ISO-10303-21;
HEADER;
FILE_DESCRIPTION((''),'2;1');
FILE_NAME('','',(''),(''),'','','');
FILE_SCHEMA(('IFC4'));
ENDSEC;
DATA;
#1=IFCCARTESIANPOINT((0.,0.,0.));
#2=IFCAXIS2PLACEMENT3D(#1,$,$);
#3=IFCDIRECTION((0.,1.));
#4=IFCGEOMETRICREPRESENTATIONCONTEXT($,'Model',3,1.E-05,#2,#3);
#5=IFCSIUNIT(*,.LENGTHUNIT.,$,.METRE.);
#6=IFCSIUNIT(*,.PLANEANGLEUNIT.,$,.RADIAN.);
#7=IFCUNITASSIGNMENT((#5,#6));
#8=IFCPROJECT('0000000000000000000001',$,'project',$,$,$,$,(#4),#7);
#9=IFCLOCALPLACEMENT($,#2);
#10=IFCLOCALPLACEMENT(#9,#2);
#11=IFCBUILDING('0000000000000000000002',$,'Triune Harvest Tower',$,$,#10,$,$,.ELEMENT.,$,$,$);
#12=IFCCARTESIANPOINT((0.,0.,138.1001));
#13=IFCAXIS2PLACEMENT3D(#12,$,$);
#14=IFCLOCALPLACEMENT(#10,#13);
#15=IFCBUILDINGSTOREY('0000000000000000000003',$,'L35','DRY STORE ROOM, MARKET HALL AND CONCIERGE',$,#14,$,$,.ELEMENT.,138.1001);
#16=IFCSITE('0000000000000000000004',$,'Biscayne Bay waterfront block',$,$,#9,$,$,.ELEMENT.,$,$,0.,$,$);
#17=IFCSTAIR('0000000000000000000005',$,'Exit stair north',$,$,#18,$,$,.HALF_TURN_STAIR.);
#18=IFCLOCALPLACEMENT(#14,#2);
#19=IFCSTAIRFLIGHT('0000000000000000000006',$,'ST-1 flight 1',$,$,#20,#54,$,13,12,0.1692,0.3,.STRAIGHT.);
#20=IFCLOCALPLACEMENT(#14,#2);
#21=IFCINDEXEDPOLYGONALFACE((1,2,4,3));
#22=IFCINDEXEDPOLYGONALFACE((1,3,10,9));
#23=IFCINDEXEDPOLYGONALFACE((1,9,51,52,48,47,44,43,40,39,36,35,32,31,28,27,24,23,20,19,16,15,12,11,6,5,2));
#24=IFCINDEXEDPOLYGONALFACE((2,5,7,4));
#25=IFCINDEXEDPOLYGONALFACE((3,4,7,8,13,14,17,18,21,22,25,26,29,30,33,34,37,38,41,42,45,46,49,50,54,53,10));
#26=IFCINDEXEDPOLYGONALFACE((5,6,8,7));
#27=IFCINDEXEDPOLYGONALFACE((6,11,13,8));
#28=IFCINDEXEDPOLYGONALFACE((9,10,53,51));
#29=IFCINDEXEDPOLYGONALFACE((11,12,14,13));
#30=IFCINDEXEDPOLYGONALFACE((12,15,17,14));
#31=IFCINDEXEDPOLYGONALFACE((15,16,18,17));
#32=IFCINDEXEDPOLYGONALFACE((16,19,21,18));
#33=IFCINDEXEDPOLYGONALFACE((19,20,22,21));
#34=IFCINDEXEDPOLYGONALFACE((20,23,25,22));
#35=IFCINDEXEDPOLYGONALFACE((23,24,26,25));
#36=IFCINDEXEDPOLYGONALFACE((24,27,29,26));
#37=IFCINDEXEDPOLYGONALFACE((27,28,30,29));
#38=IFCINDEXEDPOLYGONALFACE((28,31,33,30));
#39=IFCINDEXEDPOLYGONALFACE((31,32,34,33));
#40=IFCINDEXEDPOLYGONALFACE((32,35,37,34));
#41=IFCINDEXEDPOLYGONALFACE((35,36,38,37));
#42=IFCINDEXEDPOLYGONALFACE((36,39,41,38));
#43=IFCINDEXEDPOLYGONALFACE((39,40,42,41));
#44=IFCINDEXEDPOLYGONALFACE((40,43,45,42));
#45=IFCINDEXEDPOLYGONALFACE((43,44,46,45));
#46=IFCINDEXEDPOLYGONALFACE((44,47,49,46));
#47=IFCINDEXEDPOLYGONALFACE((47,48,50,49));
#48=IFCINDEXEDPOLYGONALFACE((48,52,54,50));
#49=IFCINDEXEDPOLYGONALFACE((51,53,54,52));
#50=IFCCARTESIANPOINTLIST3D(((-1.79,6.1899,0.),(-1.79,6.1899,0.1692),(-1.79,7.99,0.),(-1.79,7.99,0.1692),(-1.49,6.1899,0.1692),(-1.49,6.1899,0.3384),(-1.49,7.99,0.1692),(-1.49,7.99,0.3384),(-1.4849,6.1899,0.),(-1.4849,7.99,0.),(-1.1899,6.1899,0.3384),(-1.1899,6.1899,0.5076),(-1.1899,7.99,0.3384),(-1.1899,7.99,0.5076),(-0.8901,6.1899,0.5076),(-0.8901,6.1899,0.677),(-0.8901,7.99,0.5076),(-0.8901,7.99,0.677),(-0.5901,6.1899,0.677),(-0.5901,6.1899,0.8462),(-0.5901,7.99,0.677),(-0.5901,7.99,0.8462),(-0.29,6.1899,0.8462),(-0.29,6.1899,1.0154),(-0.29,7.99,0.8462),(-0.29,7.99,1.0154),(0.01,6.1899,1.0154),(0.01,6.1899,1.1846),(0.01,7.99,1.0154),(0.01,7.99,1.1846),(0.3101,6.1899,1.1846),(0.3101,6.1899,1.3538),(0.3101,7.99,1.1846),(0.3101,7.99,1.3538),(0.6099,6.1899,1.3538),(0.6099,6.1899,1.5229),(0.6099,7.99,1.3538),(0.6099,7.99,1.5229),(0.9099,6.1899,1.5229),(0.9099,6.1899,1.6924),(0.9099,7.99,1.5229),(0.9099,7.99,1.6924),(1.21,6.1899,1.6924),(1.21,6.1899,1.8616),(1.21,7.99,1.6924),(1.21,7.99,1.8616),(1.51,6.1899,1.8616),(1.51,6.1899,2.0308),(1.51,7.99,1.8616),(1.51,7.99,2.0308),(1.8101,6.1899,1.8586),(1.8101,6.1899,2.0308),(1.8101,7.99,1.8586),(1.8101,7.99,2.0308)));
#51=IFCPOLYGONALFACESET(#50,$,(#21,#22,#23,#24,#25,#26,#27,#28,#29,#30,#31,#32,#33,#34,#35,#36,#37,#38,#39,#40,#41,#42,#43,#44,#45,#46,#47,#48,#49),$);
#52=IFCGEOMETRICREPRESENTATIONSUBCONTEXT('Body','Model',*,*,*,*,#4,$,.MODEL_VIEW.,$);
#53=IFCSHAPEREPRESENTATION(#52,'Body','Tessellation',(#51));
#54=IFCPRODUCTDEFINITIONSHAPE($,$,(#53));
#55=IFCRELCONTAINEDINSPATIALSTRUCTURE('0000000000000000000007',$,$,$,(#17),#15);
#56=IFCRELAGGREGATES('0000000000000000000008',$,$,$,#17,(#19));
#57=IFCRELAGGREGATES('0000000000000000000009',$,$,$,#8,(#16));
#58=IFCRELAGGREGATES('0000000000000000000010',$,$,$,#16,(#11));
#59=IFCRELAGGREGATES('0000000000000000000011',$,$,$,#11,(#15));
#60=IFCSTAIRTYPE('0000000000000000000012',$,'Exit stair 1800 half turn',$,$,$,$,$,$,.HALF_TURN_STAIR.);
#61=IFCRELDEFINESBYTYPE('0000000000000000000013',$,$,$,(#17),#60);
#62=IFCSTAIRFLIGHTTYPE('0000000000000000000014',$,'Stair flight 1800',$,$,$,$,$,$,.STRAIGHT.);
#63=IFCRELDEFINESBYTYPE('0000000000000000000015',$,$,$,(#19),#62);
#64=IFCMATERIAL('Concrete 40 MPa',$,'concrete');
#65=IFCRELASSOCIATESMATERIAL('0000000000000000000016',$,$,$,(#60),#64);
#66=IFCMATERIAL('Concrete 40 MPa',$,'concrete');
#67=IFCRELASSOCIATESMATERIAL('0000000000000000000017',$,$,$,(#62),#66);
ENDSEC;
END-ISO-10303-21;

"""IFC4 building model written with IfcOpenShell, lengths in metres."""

from ifc_helpers import new_model, si_unit, direction, frame, origin, place, context, subcontext, project, spatial, polyline, outline, extrude, source, transform, mapped, material, type_object, element, aggregate, save


model = new_model("IFC4")

# Units and contexts
model_context = context("Model", 3, precision=1e-05, world=origin(), true_north=direction((0.0, 1.0)))
body_context = subcontext(model_context, "Body", "Model", "MODEL_VIEW")
ifc_project = project(units=[si_unit("LENGTHUNIT", "METRE"), si_unit("PLANEANGLEUNIT", "RADIAN")], contexts=[model_context])

# Site, building, storey
site_placement = place(None, origin())
site = spatial("IfcSite", under=ifc_project, at=site_placement, Name="Biscayne Bay waterfront block", CompositionType="ELEMENT", RefElevation=0.0)
building_placement = place(site_placement, origin())
building = spatial("IfcBuilding", under=site, at=building_placement, Name="Triune Harvest Tower", CompositionType="ELEMENT")
storey_placement = place(building_placement, frame((0.0, 0.0, 138.1001)))
storey = spatial("IfcBuildingStorey", under=building, at=storey_placement, Name="L35", Description="DRY STORE ROOM, MARKET HALL AND CONCIERGE", CompositionType="ELEMENT", Elevation=138.1001)

# Stair
ifc_material_1 = material(Name="Concrete 40 MPa", Category="concrete")
stair_type = type_object("IfcStairType", Name="Exit stair 1800 half turn", PredefinedType="HALF_TURN_STAIR", material=ifc_material_1)
stair_1_placement = place(storey_placement, origin())
stair_1 = element("IfcStair", 1, at=stair_1_placement, inside=storey, type_object=stair_type, Name="Exit stair north", PredefinedType="HALF_TURN_STAIR")

# Stair flight
ifc_material_2 = material(Name="Concrete 40 MPa", Category="concrete")
stair_flight_type = type_object("IfcStairFlightType", Name="Stair flight 1800", PredefinedType="STRAIGHT", material=ifc_material_2)
shared_shape_1 = source(origin(), body_context, "Body", "SweptSolid", [
    extrude(outline(polyline([(0.0, 0.0), (0.0, 0.1692), (0.3, 0.1692), (0.3, 0.3384), (0.6001, 0.3384), (0.6001, 0.5076), (0.8999, 0.5076), (0.8999, 0.677), (1.2, 0.677), (1.2, 0.8462), (1.5, 0.8462), (1.5, 1.0154), (1.8, 1.0154), (1.8, 1.1846), (2.1001, 1.1846), (2.1001, 1.3538), (2.3999, 1.3538), (2.3999, 1.5229), (2.7, 1.5229), (2.7, 1.6924), (3.0, 1.6924), (3.0, 1.8616), (3.3, 1.8616), (3.3, 2.0308), (3.6001, 2.0308), (3.6001, 2.2), (3.6001, 1.8586), (0.3052, 0.0), (0.0, 0.0)])), frame((0.0, 0.8999, 0.0), z_axis=(0.0, -1.0, 0.0), x_axis=(1.0, 0.0, 0.0)), (0.0, 0.0, 1.0), 1.8),
])
stair_flight_placement = place(storey_placement, frame((-1.79, 7.0901, 0.0), z_axis=(0.0, 0.0, 1.0), x_axis=(1.0, 0.0, 0.0)))
stair_flight = element("IfcStairFlight", 2, at=stair_flight_placement, type_object=stair_flight_type, Name="ST-1 flight 1", NumberOfRisers=13, NumberOfTreads=12, PredefinedType="STRAIGHT", RiserHeight=0.1692, TreadLength=0.3, context=body_context, shape_type="MappedRepresentation", body=[
    mapped(shared_shape_1, transform((0.0, 0.0, 0.0), scale=1.0)),
])
aggregate(stair_1, [stair_flight])

save(model, "model.ifc")
